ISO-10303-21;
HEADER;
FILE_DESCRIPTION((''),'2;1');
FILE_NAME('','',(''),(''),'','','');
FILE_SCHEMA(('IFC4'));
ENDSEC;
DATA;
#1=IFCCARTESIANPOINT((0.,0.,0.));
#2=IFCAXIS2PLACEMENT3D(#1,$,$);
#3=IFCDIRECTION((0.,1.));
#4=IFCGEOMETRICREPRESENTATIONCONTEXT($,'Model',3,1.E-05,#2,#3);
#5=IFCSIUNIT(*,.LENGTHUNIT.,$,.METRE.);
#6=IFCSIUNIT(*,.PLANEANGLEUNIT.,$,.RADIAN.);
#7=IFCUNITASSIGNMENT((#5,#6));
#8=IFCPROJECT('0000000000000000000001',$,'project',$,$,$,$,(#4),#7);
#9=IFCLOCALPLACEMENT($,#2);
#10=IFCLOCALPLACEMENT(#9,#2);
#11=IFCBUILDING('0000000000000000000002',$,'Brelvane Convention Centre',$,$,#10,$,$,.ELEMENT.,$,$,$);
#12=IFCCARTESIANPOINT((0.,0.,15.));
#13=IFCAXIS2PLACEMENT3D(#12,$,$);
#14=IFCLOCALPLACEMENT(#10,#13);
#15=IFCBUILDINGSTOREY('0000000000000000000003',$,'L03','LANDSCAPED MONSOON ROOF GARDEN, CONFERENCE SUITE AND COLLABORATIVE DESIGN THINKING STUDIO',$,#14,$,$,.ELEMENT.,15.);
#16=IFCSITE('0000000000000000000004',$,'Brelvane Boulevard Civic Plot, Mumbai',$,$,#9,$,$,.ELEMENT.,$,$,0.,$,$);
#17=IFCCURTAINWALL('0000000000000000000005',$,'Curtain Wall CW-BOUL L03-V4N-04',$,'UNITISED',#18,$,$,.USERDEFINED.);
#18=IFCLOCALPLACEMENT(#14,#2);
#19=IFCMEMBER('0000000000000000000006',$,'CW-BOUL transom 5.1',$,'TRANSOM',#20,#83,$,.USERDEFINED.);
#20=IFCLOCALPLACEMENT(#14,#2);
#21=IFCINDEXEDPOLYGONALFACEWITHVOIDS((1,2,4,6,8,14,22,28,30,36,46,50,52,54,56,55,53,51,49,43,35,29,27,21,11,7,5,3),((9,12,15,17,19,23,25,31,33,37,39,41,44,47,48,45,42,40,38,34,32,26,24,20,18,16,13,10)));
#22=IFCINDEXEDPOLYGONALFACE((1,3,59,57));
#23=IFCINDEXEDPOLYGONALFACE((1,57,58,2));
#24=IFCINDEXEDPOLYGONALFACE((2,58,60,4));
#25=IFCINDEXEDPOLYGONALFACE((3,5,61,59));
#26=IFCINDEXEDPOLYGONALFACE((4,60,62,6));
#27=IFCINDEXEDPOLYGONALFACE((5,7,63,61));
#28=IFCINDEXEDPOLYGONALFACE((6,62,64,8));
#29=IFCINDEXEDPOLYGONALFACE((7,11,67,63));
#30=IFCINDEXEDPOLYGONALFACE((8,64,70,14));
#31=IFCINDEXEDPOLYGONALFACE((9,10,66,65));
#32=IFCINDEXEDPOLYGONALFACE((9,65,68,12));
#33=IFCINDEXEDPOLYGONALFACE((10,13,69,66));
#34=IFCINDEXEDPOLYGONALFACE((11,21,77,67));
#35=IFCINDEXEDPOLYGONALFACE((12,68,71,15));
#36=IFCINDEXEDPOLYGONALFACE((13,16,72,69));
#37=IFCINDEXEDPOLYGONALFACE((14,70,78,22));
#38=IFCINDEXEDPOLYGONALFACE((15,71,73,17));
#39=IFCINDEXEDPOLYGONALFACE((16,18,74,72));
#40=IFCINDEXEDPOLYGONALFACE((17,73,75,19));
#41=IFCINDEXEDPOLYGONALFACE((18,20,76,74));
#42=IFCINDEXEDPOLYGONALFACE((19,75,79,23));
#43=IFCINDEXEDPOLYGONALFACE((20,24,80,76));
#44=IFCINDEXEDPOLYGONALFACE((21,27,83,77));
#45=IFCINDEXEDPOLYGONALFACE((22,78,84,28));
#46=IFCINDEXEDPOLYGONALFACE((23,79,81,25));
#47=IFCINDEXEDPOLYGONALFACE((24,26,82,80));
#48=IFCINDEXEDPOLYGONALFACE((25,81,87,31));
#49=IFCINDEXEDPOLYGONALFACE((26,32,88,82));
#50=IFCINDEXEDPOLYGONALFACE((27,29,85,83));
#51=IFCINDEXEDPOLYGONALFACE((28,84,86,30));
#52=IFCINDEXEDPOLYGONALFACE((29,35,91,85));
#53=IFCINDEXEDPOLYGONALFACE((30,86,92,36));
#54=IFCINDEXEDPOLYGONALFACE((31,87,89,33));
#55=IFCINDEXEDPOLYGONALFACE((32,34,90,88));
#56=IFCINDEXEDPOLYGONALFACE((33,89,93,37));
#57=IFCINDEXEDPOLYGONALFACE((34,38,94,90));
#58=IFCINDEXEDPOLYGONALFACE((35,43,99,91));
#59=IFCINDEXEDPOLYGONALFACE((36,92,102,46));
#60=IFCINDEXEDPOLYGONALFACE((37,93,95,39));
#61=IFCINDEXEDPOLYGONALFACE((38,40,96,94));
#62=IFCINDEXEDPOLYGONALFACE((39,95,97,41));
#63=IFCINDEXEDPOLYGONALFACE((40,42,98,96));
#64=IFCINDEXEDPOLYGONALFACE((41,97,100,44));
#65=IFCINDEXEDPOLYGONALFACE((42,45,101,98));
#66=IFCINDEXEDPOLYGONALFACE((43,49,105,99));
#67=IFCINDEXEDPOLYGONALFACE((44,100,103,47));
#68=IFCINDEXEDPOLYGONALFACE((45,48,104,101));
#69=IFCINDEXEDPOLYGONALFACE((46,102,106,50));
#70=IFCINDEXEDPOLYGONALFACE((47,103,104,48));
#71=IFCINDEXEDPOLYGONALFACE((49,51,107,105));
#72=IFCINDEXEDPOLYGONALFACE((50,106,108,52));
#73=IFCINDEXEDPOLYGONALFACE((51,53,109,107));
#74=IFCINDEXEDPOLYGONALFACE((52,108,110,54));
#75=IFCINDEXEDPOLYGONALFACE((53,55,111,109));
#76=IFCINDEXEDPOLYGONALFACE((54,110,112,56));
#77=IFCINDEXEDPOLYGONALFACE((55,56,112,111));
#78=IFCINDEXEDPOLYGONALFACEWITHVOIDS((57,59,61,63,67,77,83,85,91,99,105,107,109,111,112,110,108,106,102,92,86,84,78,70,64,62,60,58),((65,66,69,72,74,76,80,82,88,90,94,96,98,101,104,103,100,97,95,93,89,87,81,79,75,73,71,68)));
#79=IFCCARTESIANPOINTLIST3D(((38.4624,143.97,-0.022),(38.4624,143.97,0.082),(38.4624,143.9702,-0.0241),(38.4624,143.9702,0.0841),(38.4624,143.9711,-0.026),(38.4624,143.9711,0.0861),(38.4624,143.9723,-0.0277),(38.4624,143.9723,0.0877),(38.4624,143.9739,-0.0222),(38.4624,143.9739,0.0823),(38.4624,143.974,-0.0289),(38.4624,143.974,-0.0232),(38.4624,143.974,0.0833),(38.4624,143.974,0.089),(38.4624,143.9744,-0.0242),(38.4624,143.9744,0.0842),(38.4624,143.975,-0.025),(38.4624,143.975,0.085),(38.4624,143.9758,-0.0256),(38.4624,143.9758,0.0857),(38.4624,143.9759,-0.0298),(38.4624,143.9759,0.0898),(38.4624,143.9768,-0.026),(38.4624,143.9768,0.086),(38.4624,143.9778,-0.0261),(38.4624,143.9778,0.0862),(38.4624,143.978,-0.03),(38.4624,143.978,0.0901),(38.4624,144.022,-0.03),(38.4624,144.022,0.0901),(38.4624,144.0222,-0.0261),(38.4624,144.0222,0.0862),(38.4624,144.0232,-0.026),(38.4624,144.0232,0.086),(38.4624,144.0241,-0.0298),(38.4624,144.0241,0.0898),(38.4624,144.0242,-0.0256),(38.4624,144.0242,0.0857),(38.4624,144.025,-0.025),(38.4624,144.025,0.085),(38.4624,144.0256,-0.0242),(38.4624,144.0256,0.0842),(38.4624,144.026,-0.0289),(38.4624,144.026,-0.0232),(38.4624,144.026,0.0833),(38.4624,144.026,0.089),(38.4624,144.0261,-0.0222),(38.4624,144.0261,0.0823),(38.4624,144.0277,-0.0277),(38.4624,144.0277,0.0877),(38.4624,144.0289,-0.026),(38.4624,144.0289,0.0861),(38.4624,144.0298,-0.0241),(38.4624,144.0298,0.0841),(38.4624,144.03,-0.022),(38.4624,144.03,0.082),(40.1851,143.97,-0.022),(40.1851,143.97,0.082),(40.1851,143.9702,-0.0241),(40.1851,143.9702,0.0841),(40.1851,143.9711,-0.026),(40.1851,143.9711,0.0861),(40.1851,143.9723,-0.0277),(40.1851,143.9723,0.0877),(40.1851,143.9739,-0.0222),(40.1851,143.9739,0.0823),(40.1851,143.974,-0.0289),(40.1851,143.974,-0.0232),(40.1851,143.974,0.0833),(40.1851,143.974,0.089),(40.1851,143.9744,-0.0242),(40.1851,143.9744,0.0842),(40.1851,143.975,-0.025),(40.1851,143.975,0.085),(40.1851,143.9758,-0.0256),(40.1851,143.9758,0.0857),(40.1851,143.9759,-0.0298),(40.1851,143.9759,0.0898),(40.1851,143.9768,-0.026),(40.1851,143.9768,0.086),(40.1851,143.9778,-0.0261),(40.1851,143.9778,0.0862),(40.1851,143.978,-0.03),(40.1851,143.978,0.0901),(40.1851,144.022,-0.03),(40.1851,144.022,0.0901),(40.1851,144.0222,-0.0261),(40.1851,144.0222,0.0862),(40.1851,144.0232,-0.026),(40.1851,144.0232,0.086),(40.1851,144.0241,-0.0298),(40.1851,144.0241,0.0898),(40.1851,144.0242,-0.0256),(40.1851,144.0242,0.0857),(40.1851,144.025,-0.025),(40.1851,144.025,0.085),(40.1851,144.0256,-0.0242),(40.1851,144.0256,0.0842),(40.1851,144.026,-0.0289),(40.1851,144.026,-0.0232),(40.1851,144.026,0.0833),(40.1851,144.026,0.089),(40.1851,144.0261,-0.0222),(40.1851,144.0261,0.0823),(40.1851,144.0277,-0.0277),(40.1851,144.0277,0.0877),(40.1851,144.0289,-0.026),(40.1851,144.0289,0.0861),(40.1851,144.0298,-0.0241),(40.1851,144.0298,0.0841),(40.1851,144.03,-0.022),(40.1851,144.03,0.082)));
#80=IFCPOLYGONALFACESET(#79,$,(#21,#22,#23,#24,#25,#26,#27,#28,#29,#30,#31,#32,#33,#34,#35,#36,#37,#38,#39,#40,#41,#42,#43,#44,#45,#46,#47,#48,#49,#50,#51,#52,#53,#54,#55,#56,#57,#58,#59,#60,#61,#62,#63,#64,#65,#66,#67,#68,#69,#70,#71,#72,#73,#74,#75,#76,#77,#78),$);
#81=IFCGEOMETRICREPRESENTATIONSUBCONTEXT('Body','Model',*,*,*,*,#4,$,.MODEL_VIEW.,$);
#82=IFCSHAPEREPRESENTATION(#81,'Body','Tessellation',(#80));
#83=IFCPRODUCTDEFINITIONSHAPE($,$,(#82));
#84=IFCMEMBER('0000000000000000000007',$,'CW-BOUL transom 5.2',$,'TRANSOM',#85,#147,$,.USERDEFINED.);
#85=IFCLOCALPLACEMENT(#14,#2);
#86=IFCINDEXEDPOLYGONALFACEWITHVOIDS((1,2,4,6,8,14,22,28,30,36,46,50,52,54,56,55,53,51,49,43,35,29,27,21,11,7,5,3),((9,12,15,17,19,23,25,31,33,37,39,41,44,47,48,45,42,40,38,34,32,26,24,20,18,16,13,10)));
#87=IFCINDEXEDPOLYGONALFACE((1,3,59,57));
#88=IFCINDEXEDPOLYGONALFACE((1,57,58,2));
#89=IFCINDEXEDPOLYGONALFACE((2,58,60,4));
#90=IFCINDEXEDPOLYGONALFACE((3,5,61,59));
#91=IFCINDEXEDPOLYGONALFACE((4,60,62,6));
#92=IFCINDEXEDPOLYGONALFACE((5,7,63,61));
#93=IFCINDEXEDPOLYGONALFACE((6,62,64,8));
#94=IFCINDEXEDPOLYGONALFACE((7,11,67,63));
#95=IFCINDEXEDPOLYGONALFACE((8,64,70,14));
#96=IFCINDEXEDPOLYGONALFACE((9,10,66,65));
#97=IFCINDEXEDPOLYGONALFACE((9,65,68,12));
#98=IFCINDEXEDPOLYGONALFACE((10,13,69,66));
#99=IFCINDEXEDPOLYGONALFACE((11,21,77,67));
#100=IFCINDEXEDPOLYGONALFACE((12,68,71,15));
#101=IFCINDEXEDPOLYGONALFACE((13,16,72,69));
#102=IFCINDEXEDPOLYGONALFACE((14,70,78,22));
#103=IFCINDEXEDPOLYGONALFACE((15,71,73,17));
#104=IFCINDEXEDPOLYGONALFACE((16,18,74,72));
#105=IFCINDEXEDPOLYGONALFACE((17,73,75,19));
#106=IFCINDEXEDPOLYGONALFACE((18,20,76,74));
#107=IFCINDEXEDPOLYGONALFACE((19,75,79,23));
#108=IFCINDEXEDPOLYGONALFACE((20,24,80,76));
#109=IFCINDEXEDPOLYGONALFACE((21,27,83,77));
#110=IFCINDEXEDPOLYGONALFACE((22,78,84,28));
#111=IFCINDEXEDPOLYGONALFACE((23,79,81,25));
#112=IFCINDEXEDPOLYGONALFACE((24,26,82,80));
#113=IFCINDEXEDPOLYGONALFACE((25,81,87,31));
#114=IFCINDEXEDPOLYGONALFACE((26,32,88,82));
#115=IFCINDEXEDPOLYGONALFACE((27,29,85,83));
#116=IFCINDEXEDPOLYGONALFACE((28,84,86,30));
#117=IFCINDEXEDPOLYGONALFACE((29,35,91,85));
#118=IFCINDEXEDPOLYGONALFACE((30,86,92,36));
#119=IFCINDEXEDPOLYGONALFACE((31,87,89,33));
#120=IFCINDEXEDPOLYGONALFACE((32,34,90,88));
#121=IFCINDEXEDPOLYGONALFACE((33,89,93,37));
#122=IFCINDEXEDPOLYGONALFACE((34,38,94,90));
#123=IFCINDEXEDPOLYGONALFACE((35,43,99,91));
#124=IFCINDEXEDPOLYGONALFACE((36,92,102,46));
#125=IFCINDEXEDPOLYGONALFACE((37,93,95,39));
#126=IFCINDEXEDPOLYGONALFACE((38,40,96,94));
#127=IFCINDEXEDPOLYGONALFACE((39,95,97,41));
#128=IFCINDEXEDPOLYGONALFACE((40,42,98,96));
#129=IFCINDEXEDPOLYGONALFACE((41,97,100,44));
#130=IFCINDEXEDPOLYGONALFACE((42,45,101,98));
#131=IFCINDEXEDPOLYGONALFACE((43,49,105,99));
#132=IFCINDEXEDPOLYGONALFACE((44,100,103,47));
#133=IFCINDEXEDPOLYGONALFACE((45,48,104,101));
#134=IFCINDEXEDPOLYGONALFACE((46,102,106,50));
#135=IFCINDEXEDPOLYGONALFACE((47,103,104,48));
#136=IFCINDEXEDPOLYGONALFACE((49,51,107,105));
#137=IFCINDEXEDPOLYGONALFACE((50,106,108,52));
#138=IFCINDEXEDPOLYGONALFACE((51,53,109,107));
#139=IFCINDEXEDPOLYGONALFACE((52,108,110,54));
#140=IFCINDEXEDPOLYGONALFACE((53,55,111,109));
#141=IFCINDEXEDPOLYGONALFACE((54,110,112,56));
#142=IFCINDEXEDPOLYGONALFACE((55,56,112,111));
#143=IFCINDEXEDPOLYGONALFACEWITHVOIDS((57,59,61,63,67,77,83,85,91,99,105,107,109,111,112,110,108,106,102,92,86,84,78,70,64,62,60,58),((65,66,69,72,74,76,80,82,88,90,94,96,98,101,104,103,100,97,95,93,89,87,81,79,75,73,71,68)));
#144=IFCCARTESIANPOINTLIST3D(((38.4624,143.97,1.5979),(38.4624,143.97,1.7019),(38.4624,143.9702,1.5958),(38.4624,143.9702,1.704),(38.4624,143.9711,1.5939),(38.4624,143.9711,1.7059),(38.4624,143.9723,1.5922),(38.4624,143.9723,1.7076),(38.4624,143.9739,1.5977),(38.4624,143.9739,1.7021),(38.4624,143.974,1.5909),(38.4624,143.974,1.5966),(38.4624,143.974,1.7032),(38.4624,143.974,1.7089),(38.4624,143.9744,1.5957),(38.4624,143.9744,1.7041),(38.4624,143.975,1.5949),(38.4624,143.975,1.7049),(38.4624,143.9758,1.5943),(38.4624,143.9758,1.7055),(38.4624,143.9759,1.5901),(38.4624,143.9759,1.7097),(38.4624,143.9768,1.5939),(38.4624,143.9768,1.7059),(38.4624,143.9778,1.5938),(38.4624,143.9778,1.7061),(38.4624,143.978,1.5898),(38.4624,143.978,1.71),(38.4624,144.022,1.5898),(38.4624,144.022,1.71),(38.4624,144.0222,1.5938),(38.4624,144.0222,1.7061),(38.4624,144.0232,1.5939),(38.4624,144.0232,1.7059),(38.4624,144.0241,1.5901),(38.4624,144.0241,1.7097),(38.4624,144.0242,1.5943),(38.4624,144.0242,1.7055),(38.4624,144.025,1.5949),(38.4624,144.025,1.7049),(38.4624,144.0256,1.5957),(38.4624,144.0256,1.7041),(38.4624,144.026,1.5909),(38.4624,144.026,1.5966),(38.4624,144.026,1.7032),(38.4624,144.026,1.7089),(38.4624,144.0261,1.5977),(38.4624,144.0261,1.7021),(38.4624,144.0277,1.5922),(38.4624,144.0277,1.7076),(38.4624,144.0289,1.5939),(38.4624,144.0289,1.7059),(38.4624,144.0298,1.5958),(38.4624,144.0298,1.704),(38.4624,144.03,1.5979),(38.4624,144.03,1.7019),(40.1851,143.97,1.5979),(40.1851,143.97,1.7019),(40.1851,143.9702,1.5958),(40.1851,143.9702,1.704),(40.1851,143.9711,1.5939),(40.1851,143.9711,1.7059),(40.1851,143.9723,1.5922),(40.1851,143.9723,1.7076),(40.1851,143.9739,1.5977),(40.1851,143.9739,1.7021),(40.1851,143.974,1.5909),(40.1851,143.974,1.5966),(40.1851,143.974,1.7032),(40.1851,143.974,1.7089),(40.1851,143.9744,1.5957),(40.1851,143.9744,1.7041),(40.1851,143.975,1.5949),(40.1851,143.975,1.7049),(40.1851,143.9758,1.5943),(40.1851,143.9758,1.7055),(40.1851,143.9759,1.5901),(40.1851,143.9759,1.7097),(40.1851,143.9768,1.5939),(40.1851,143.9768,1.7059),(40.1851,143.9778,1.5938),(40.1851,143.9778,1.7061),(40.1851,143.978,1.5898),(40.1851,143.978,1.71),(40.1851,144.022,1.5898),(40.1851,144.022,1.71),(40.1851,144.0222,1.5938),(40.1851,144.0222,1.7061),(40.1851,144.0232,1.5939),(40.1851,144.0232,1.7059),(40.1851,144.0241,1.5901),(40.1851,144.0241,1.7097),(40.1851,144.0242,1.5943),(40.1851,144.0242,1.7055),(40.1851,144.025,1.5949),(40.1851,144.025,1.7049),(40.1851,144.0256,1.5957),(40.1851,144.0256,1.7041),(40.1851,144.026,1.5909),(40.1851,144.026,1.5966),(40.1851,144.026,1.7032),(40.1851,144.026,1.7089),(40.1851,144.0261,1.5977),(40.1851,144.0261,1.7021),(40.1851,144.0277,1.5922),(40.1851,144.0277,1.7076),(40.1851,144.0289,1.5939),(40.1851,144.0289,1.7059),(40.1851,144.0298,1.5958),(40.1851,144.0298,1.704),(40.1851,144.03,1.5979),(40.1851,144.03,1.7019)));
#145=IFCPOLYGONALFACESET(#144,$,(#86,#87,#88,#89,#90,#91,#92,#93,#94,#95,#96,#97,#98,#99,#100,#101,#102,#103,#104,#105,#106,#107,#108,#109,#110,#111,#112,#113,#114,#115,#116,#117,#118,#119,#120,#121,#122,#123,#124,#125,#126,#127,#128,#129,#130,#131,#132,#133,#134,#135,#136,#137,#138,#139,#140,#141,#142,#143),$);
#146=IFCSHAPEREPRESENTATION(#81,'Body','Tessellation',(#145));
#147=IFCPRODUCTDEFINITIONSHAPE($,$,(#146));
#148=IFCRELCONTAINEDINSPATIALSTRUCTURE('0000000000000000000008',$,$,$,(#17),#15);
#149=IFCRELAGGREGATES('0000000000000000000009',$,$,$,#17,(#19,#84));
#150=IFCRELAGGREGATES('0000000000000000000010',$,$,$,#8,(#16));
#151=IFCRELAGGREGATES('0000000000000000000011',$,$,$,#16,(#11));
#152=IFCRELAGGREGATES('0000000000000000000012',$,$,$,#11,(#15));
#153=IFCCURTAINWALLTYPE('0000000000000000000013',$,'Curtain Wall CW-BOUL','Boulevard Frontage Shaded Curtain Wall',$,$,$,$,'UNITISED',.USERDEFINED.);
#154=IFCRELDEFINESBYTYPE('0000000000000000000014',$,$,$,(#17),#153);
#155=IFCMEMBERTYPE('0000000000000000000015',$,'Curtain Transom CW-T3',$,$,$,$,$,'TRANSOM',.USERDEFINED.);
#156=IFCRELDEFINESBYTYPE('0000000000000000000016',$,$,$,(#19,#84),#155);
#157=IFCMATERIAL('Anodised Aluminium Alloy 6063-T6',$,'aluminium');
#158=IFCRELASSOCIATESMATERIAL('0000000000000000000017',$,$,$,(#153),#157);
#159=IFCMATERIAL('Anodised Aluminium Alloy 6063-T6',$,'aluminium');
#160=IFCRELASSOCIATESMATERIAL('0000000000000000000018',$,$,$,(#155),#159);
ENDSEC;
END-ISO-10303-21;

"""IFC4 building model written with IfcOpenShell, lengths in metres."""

from ifc_helpers import new_model, si_unit, direction, frame, origin, origin_2d, place, context, subcontext, project, spatial, hollow_rectangle, extrude, material, material_profile, profile_set, type_object, element, aggregate, save


model = new_model("IFC4")

# Units and contexts
model_context = context("Model", 3, precision=1e-05, world=origin(), true_north=direction((0.0, 1.0)))
body_context = subcontext(model_context, "Body", "Model", "MODEL_VIEW")
ifc_project = project(units=[si_unit("LENGTHUNIT", "METRE"), si_unit("PLANEANGLEUNIT", "RADIAN")], contexts=[model_context])

# Site, building, storey
site_placement = place(None, origin())
site = spatial("IfcSite", under=ifc_project, at=site_placement, Name="Brelvane Boulevard Civic Plot, Mumbai", CompositionType="ELEMENT", RefElevation=0.0)
building_placement = place(site_placement, origin())
building = spatial("IfcBuilding", under=site, at=building_placement, Name="Brelvane Convention Centre", CompositionType="ELEMENT")
storey_placement = place(building_placement, frame((0.0, 0.0, 15.0)))
storey = spatial("IfcBuildingStorey", under=building, at=storey_placement, Name="L03", Description="LANDSCAPED MONSOON ROOF GARDEN, CONFERENCE SUITE AND COLLABORATIVE DESIGN THINKING STUDIO", CompositionType="ELEMENT", Elevation=15.0)

# Curtain wall, members
ifc_material_1 = material(Name="Anodised Aluminium Alloy 6063-T6", Category="aluminium")
curtain_wall_type = type_object("IfcCurtainWallType", Name="Curtain Wall CW-BOUL", Description="Boulevard Frontage Shaded Curtain Wall", ElementType="UNITISED", PredefinedType="USERDEFINED", material=ifc_material_1)
curtain_wall_placement = place(storey_placement, origin())
curtain_wall = element("IfcCurtainWall", 1, at=curtain_wall_placement, inside=storey, type_object=curtain_wall_type, Name="Curtain Wall CW-BOUL L03-V4N-04", ObjectType="UNITISED", PredefinedType="USERDEFINED")
ifc_material_2 = material(Name="Anodised Aluminium Alloy 6063-T6", Category="aluminium")
ifc_material_profile_1 = material_profile(ifc_material_2, hollow_rectangle(XDim=0.0601, YDim=0.1201, WallThickness=0.0039, InnerFilletRadius=0.0039, OuterFilletRadius=0.0081, at=origin_2d()), Name="ALU-T 120x60x4.0")
ifc_profile_set_1 = profile_set([ifc_material_profile_1], Name="Anodised Aluminium Alloy 6063-T6")
member_type_1 = type_object("IfcMemberType", Name="Curtain Transom CW-T3", ElementType="TRANSOM", PredefinedType="USERDEFINED", material=ifc_profile_set_1)
member_1_placement = place(storey_placement, frame((38.4624, 144.0, 0.03), z_axis=(1.0, 0.0, 0.0), x_axis=(0.0, 1.0, 0.0)))
member_1 = element("IfcMember", 2, at=member_1_placement, type_object=member_type_1, Name="CW-BOUL transom 5.1", ObjectType="TRANSOM", PredefinedType="USERDEFINED", context=body_context, shape_type="SweptSolid", body=[
    extrude(hollow_rectangle(XDim=0.0601, YDim=0.1201, WallThickness=0.0039, InnerFilletRadius=0.0039, OuterFilletRadius=0.0081, at=origin_2d()), origin(), (0.0, 0.0, 1.0), 1.7227),
])
member_2_placement = place(storey_placement, frame((38.4624, 144.0, 1.6499), z_axis=(1.0, 0.0, 0.0), x_axis=(0.0, 1.0, 0.0)))
member_2 = element("IfcMember", 3, at=member_2_placement, type_object=member_type_1, Name="CW-BOUL transom 5.2", ObjectType="TRANSOM", PredefinedType="USERDEFINED", context=body_context, shape_type="SweptSolid", body=[
    extrude(hollow_rectangle(XDim=0.0601, YDim=0.1201, WallThickness=0.0039, InnerFilletRadius=0.0039, OuterFilletRadius=0.0081, at=origin_2d()), origin(), (0.0, 0.0, 1.0), 1.7227),
])

aggregate(curtain_wall, [member_1, member_2])

save(model, "model.ifc")
